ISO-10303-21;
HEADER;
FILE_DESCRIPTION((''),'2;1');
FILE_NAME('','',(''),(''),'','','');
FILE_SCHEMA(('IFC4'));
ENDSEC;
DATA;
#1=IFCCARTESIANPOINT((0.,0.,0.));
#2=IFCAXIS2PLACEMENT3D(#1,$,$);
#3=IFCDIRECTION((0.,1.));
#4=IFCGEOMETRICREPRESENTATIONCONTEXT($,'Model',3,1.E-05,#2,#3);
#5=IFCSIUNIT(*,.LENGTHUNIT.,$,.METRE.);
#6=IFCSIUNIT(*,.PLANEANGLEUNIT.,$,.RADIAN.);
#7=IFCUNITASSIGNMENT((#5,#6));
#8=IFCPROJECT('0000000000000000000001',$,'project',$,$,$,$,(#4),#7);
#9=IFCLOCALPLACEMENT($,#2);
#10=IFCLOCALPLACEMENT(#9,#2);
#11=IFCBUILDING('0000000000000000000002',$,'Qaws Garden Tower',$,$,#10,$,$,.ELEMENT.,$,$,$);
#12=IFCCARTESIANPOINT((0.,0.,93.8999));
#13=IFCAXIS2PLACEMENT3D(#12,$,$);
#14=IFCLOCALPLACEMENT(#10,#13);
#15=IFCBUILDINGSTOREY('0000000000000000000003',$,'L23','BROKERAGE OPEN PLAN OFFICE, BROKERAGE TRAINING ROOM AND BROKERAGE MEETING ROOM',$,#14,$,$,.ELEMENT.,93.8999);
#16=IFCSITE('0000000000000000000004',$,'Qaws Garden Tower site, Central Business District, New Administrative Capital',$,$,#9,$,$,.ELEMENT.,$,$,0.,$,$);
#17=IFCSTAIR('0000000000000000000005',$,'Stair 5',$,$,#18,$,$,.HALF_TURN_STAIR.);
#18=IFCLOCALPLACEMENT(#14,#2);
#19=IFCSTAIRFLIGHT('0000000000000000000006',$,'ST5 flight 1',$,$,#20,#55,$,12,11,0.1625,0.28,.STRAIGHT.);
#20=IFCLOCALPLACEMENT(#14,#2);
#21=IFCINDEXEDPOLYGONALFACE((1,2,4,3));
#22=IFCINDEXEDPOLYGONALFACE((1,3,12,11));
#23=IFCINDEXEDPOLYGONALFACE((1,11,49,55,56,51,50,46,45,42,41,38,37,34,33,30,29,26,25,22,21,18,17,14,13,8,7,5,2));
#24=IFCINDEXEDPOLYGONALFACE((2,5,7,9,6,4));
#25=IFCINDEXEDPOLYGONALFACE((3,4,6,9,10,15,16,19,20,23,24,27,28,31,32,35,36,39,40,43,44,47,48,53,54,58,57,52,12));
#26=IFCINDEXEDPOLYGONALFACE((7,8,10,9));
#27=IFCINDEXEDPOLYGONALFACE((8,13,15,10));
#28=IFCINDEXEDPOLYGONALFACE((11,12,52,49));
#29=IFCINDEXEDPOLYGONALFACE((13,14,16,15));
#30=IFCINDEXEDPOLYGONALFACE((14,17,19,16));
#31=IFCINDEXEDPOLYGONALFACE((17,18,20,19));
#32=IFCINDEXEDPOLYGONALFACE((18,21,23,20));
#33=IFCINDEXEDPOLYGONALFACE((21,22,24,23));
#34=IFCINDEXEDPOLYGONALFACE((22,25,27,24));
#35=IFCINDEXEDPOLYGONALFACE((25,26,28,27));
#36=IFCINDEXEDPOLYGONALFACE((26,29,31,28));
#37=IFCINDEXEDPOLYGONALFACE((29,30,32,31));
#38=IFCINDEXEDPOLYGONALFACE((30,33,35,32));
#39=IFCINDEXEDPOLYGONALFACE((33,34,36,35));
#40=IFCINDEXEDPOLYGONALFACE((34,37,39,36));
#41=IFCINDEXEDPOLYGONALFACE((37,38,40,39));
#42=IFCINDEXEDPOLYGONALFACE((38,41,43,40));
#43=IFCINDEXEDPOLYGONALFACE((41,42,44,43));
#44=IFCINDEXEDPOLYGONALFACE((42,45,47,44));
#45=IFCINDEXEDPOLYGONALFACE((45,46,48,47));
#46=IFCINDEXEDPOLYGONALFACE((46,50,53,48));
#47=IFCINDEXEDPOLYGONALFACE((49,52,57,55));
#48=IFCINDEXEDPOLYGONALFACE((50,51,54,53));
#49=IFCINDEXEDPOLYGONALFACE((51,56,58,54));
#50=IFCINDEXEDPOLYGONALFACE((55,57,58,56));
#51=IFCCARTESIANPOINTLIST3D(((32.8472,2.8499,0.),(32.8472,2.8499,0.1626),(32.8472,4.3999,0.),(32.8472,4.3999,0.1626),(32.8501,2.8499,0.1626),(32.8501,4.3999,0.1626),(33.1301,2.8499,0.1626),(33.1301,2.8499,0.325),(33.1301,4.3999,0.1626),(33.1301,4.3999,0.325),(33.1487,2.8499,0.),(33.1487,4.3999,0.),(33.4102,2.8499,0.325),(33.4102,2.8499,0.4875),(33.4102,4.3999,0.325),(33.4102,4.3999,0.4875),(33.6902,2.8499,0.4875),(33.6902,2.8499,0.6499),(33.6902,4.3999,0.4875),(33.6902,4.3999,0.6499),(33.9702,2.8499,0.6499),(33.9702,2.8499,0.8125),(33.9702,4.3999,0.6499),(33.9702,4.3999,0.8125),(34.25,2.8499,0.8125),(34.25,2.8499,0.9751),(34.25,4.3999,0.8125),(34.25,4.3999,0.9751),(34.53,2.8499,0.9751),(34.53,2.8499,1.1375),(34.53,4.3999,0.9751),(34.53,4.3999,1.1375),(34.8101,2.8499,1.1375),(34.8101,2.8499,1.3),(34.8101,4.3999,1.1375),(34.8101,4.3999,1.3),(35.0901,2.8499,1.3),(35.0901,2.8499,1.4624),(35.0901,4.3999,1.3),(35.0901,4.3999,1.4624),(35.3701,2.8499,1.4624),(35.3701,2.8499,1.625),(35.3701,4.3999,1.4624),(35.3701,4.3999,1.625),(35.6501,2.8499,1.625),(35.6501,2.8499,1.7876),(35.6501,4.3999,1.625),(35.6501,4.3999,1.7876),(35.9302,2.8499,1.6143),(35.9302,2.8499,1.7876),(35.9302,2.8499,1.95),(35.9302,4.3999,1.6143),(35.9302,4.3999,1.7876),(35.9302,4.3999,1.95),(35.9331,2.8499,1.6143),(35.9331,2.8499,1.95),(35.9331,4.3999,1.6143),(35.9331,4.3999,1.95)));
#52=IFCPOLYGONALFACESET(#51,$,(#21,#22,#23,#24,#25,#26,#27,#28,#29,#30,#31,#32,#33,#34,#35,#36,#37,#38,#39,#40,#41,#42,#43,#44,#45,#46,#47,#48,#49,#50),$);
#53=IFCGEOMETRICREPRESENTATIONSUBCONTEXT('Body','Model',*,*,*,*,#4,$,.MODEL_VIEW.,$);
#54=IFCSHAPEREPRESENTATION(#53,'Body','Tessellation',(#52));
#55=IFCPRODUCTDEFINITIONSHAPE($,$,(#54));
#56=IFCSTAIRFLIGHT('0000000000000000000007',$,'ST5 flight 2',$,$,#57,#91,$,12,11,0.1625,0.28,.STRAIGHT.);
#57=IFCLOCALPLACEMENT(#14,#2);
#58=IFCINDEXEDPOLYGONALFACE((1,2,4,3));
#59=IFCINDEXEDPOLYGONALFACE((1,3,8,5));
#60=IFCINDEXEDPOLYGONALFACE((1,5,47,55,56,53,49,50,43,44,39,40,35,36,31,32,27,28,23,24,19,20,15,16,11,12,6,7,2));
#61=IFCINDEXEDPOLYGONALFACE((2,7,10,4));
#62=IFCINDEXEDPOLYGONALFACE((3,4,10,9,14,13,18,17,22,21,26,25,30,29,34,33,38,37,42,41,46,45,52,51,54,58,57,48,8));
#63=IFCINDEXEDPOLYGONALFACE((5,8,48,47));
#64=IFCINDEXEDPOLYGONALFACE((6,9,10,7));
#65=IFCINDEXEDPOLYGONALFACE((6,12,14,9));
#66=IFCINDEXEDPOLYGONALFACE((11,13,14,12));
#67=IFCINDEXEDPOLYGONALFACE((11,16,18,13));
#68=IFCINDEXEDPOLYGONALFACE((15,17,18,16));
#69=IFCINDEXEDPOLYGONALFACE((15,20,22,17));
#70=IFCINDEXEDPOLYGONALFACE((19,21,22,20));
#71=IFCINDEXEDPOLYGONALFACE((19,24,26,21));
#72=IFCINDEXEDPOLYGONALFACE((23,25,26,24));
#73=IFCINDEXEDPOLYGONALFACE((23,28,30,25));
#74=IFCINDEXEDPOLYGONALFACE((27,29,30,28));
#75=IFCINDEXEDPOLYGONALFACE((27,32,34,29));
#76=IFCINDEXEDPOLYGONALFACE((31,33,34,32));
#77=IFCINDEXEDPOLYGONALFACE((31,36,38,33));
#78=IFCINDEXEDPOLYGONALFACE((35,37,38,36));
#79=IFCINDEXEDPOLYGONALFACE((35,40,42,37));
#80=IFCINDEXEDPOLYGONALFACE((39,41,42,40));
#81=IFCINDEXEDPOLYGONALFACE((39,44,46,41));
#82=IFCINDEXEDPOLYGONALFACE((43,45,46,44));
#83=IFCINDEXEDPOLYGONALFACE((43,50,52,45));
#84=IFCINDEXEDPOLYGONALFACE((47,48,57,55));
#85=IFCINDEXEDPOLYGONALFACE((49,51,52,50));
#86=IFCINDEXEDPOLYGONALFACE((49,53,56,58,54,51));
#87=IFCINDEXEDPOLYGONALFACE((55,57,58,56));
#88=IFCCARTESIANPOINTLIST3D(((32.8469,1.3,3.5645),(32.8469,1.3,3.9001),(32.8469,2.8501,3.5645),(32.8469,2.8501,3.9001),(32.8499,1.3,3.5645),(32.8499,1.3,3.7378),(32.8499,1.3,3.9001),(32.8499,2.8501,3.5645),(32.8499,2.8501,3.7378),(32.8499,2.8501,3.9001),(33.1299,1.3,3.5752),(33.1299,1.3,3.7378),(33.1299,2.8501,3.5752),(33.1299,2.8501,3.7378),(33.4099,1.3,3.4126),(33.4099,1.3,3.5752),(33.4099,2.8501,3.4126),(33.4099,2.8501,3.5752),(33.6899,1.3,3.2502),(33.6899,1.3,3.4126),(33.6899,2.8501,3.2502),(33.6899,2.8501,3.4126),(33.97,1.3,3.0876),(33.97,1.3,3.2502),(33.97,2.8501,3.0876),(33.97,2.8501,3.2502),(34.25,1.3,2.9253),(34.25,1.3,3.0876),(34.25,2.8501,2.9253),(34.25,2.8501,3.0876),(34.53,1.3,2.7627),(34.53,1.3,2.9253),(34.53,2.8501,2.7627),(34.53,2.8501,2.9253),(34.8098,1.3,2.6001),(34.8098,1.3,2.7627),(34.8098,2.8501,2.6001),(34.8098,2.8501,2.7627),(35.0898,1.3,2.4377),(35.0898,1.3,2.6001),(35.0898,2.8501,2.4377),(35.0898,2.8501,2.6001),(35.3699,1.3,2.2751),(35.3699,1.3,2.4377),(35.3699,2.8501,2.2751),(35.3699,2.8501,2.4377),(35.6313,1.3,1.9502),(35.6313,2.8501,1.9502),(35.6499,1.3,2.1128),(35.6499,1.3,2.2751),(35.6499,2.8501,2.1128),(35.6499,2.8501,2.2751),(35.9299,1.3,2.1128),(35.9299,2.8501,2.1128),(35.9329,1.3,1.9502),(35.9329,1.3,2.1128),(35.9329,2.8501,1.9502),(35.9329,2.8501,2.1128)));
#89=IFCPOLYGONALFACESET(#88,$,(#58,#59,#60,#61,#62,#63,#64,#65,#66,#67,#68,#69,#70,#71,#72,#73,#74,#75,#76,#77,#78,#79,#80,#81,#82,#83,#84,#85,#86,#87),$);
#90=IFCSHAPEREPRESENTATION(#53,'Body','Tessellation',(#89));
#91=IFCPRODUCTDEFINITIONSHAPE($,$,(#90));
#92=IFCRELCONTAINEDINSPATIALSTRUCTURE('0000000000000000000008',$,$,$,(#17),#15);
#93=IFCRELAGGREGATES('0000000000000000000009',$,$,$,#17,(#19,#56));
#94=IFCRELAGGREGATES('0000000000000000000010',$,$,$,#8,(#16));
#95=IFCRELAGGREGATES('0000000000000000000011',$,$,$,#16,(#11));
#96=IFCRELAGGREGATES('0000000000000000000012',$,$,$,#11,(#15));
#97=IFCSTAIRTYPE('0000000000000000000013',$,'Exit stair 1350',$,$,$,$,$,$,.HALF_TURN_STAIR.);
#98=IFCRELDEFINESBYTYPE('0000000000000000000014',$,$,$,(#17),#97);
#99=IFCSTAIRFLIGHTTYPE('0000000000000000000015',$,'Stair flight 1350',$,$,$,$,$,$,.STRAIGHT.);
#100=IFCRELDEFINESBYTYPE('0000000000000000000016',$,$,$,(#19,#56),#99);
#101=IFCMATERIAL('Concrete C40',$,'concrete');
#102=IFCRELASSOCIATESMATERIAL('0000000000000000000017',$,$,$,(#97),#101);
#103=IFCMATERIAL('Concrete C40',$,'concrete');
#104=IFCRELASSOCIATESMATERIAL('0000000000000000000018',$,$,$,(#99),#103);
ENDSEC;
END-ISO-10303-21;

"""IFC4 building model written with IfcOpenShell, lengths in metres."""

from ifc_helpers import new_model, si_unit, direction, frame, origin, place, context, subcontext, project, spatial, polyline, outline, extrude, material, type_object, element, aggregate, save


model = new_model("IFC4")

# Units and contexts
model_context = context("Model", 3, precision=1e-05, world=origin(), true_north=direction((0.0, 1.0)))
body_context = subcontext(model_context, "Body", "Model", "MODEL_VIEW")
ifc_project = project(units=[si_unit("LENGTHUNIT", "METRE"), si_unit("PLANEANGLEUNIT", "RADIAN")], contexts=[model_context])

# Site, building, storey
site_placement = place(None, origin())
site = spatial("IfcSite", under=ifc_project, at=site_placement, Name="Qaws Garden Tower site, Central Business District, New Administrative Capital", CompositionType="ELEMENT", RefElevation=0.0)
building_placement = place(site_placement, origin())
building = spatial("IfcBuilding", under=site, at=building_placement, Name="Qaws Garden Tower", CompositionType="ELEMENT")
storey_placement = place(building_placement, frame((0.0, 0.0, 93.8999)))
storey = spatial("IfcBuildingStorey", under=building, at=storey_placement, Name="L23", Description="BROKERAGE OPEN PLAN OFFICE, BROKERAGE TRAINING ROOM AND BROKERAGE MEETING ROOM", CompositionType="ELEMENT", Elevation=93.8999)

# Stair, stair flights
ifc_material_1 = material(Name="Concrete C40", Category="concrete")
stair_type = type_object("IfcStairType", Name="Exit stair 1350", PredefinedType="HALF_TURN_STAIR", material=ifc_material_1)
stair_placement = place(storey_placement, origin())
stair = element("IfcStair", 1, at=stair_placement, inside=storey, type_object=stair_type, Name="Stair 5", PredefinedType="HALF_TURN_STAIR")
ifc_material_2 = material(Name="Concrete C40", Category="concrete")
stair_flight_type = type_object("IfcStairFlightType", Name="Stair flight 1350", PredefinedType="STRAIGHT", material=ifc_material_2)
stair_flight_1_placement = place(storey_placement, frame((32.8501, 3.625, 0.0), z_axis=(0.0, 0.0, 1.0), x_axis=(1.0, 0.0, 0.0)))
stair_flight_1 = element("IfcStairFlight", 2, at=stair_flight_1_placement, type_object=stair_flight_type, Name="ST5 flight 1", NumberOfRisers=12, NumberOfTreads=11, PredefinedType="STRAIGHT", RiserHeight=0.1625, TreadLength=0.28, context=body_context, shape_type="SweptSolid", body=[
    extrude(outline(polyline([(-0.0029, 0.0), (-0.0029, 0.1626), (0.0, 0.1626), (0.28, 0.1626), (0.28, 0.325), (0.5601, 0.325), (0.5601, 0.4875), (0.8401, 0.4875), (0.8401, 0.6499), (1.1201, 0.6499), (1.1201, 0.8125), (1.3999, 0.8125), (1.3999, 0.9751), (1.6799, 0.9751), (1.6799, 1.1375), (1.96, 1.1375), (1.96, 1.3), (2.24, 1.3), (2.24, 1.4624), (2.52, 1.4624), (2.52, 1.625), (2.8, 1.625), (2.8, 1.7876), (3.0801, 1.7876), (3.0801, 1.95), (3.083, 1.95), (3.083, 1.6143), (3.0801, 1.6143), (0.2986, 0.0), (-0.0029, 0.0)])), frame((0.0, 0.7749, 0.0), z_axis=(0.0, -1.0, 0.0), x_axis=(1.0, 0.0, 0.0)), (0.0, 0.0, 1.0), 1.55),
])
stair_flight_2_placement = place(storey_placement, frame((35.9299, 2.075, 1.9502), z_axis=(0.0, 0.0, 1.0), x_axis=(-1.0, 0.0, 0.0)))
stair_flight_2 = element("IfcStairFlight", 3, at=stair_flight_2_placement, type_object=stair_flight_type, Name="ST5 flight 2", NumberOfRisers=12, NumberOfTreads=11, PredefinedType="STRAIGHT", RiserHeight=0.1625, TreadLength=0.28, context=body_context, shape_type="SweptSolid", body=[
    extrude(outline(polyline([(-0.0029, 0.0), (-0.0029, 0.1626), (0.0, 0.1626), (0.28, 0.1626), (0.28, 0.325), (0.5601, 0.325), (0.5601, 0.4875), (0.8401, 0.4875), (0.8401, 0.6499), (1.1201, 0.6499), (1.1201, 0.8125), (1.3999, 0.8125), (1.3999, 0.9751), (1.6799, 0.9751), (1.6799, 1.1375), (1.96, 1.1375), (1.96, 1.3), (2.24, 1.3), (2.24, 1.4624), (2.52, 1.4624), (2.52, 1.625), (2.8, 1.625), (2.8, 1.7876), (3.0801, 1.7876), (3.0801, 1.95), (3.083, 1.95), (3.083, 1.6143), (3.0801, 1.6143), (0.2986, 0.0), (-0.0029, 0.0)])), frame((0.0, 0.7749, 0.0), z_axis=(0.0, -1.0, 0.0), x_axis=(1.0, 0.0, 0.0)), (0.0, 0.0, 1.0), 1.55),
])
aggregate(stair, [stair_flight_1, stair_flight_2])

save(model, "model.ifc")
